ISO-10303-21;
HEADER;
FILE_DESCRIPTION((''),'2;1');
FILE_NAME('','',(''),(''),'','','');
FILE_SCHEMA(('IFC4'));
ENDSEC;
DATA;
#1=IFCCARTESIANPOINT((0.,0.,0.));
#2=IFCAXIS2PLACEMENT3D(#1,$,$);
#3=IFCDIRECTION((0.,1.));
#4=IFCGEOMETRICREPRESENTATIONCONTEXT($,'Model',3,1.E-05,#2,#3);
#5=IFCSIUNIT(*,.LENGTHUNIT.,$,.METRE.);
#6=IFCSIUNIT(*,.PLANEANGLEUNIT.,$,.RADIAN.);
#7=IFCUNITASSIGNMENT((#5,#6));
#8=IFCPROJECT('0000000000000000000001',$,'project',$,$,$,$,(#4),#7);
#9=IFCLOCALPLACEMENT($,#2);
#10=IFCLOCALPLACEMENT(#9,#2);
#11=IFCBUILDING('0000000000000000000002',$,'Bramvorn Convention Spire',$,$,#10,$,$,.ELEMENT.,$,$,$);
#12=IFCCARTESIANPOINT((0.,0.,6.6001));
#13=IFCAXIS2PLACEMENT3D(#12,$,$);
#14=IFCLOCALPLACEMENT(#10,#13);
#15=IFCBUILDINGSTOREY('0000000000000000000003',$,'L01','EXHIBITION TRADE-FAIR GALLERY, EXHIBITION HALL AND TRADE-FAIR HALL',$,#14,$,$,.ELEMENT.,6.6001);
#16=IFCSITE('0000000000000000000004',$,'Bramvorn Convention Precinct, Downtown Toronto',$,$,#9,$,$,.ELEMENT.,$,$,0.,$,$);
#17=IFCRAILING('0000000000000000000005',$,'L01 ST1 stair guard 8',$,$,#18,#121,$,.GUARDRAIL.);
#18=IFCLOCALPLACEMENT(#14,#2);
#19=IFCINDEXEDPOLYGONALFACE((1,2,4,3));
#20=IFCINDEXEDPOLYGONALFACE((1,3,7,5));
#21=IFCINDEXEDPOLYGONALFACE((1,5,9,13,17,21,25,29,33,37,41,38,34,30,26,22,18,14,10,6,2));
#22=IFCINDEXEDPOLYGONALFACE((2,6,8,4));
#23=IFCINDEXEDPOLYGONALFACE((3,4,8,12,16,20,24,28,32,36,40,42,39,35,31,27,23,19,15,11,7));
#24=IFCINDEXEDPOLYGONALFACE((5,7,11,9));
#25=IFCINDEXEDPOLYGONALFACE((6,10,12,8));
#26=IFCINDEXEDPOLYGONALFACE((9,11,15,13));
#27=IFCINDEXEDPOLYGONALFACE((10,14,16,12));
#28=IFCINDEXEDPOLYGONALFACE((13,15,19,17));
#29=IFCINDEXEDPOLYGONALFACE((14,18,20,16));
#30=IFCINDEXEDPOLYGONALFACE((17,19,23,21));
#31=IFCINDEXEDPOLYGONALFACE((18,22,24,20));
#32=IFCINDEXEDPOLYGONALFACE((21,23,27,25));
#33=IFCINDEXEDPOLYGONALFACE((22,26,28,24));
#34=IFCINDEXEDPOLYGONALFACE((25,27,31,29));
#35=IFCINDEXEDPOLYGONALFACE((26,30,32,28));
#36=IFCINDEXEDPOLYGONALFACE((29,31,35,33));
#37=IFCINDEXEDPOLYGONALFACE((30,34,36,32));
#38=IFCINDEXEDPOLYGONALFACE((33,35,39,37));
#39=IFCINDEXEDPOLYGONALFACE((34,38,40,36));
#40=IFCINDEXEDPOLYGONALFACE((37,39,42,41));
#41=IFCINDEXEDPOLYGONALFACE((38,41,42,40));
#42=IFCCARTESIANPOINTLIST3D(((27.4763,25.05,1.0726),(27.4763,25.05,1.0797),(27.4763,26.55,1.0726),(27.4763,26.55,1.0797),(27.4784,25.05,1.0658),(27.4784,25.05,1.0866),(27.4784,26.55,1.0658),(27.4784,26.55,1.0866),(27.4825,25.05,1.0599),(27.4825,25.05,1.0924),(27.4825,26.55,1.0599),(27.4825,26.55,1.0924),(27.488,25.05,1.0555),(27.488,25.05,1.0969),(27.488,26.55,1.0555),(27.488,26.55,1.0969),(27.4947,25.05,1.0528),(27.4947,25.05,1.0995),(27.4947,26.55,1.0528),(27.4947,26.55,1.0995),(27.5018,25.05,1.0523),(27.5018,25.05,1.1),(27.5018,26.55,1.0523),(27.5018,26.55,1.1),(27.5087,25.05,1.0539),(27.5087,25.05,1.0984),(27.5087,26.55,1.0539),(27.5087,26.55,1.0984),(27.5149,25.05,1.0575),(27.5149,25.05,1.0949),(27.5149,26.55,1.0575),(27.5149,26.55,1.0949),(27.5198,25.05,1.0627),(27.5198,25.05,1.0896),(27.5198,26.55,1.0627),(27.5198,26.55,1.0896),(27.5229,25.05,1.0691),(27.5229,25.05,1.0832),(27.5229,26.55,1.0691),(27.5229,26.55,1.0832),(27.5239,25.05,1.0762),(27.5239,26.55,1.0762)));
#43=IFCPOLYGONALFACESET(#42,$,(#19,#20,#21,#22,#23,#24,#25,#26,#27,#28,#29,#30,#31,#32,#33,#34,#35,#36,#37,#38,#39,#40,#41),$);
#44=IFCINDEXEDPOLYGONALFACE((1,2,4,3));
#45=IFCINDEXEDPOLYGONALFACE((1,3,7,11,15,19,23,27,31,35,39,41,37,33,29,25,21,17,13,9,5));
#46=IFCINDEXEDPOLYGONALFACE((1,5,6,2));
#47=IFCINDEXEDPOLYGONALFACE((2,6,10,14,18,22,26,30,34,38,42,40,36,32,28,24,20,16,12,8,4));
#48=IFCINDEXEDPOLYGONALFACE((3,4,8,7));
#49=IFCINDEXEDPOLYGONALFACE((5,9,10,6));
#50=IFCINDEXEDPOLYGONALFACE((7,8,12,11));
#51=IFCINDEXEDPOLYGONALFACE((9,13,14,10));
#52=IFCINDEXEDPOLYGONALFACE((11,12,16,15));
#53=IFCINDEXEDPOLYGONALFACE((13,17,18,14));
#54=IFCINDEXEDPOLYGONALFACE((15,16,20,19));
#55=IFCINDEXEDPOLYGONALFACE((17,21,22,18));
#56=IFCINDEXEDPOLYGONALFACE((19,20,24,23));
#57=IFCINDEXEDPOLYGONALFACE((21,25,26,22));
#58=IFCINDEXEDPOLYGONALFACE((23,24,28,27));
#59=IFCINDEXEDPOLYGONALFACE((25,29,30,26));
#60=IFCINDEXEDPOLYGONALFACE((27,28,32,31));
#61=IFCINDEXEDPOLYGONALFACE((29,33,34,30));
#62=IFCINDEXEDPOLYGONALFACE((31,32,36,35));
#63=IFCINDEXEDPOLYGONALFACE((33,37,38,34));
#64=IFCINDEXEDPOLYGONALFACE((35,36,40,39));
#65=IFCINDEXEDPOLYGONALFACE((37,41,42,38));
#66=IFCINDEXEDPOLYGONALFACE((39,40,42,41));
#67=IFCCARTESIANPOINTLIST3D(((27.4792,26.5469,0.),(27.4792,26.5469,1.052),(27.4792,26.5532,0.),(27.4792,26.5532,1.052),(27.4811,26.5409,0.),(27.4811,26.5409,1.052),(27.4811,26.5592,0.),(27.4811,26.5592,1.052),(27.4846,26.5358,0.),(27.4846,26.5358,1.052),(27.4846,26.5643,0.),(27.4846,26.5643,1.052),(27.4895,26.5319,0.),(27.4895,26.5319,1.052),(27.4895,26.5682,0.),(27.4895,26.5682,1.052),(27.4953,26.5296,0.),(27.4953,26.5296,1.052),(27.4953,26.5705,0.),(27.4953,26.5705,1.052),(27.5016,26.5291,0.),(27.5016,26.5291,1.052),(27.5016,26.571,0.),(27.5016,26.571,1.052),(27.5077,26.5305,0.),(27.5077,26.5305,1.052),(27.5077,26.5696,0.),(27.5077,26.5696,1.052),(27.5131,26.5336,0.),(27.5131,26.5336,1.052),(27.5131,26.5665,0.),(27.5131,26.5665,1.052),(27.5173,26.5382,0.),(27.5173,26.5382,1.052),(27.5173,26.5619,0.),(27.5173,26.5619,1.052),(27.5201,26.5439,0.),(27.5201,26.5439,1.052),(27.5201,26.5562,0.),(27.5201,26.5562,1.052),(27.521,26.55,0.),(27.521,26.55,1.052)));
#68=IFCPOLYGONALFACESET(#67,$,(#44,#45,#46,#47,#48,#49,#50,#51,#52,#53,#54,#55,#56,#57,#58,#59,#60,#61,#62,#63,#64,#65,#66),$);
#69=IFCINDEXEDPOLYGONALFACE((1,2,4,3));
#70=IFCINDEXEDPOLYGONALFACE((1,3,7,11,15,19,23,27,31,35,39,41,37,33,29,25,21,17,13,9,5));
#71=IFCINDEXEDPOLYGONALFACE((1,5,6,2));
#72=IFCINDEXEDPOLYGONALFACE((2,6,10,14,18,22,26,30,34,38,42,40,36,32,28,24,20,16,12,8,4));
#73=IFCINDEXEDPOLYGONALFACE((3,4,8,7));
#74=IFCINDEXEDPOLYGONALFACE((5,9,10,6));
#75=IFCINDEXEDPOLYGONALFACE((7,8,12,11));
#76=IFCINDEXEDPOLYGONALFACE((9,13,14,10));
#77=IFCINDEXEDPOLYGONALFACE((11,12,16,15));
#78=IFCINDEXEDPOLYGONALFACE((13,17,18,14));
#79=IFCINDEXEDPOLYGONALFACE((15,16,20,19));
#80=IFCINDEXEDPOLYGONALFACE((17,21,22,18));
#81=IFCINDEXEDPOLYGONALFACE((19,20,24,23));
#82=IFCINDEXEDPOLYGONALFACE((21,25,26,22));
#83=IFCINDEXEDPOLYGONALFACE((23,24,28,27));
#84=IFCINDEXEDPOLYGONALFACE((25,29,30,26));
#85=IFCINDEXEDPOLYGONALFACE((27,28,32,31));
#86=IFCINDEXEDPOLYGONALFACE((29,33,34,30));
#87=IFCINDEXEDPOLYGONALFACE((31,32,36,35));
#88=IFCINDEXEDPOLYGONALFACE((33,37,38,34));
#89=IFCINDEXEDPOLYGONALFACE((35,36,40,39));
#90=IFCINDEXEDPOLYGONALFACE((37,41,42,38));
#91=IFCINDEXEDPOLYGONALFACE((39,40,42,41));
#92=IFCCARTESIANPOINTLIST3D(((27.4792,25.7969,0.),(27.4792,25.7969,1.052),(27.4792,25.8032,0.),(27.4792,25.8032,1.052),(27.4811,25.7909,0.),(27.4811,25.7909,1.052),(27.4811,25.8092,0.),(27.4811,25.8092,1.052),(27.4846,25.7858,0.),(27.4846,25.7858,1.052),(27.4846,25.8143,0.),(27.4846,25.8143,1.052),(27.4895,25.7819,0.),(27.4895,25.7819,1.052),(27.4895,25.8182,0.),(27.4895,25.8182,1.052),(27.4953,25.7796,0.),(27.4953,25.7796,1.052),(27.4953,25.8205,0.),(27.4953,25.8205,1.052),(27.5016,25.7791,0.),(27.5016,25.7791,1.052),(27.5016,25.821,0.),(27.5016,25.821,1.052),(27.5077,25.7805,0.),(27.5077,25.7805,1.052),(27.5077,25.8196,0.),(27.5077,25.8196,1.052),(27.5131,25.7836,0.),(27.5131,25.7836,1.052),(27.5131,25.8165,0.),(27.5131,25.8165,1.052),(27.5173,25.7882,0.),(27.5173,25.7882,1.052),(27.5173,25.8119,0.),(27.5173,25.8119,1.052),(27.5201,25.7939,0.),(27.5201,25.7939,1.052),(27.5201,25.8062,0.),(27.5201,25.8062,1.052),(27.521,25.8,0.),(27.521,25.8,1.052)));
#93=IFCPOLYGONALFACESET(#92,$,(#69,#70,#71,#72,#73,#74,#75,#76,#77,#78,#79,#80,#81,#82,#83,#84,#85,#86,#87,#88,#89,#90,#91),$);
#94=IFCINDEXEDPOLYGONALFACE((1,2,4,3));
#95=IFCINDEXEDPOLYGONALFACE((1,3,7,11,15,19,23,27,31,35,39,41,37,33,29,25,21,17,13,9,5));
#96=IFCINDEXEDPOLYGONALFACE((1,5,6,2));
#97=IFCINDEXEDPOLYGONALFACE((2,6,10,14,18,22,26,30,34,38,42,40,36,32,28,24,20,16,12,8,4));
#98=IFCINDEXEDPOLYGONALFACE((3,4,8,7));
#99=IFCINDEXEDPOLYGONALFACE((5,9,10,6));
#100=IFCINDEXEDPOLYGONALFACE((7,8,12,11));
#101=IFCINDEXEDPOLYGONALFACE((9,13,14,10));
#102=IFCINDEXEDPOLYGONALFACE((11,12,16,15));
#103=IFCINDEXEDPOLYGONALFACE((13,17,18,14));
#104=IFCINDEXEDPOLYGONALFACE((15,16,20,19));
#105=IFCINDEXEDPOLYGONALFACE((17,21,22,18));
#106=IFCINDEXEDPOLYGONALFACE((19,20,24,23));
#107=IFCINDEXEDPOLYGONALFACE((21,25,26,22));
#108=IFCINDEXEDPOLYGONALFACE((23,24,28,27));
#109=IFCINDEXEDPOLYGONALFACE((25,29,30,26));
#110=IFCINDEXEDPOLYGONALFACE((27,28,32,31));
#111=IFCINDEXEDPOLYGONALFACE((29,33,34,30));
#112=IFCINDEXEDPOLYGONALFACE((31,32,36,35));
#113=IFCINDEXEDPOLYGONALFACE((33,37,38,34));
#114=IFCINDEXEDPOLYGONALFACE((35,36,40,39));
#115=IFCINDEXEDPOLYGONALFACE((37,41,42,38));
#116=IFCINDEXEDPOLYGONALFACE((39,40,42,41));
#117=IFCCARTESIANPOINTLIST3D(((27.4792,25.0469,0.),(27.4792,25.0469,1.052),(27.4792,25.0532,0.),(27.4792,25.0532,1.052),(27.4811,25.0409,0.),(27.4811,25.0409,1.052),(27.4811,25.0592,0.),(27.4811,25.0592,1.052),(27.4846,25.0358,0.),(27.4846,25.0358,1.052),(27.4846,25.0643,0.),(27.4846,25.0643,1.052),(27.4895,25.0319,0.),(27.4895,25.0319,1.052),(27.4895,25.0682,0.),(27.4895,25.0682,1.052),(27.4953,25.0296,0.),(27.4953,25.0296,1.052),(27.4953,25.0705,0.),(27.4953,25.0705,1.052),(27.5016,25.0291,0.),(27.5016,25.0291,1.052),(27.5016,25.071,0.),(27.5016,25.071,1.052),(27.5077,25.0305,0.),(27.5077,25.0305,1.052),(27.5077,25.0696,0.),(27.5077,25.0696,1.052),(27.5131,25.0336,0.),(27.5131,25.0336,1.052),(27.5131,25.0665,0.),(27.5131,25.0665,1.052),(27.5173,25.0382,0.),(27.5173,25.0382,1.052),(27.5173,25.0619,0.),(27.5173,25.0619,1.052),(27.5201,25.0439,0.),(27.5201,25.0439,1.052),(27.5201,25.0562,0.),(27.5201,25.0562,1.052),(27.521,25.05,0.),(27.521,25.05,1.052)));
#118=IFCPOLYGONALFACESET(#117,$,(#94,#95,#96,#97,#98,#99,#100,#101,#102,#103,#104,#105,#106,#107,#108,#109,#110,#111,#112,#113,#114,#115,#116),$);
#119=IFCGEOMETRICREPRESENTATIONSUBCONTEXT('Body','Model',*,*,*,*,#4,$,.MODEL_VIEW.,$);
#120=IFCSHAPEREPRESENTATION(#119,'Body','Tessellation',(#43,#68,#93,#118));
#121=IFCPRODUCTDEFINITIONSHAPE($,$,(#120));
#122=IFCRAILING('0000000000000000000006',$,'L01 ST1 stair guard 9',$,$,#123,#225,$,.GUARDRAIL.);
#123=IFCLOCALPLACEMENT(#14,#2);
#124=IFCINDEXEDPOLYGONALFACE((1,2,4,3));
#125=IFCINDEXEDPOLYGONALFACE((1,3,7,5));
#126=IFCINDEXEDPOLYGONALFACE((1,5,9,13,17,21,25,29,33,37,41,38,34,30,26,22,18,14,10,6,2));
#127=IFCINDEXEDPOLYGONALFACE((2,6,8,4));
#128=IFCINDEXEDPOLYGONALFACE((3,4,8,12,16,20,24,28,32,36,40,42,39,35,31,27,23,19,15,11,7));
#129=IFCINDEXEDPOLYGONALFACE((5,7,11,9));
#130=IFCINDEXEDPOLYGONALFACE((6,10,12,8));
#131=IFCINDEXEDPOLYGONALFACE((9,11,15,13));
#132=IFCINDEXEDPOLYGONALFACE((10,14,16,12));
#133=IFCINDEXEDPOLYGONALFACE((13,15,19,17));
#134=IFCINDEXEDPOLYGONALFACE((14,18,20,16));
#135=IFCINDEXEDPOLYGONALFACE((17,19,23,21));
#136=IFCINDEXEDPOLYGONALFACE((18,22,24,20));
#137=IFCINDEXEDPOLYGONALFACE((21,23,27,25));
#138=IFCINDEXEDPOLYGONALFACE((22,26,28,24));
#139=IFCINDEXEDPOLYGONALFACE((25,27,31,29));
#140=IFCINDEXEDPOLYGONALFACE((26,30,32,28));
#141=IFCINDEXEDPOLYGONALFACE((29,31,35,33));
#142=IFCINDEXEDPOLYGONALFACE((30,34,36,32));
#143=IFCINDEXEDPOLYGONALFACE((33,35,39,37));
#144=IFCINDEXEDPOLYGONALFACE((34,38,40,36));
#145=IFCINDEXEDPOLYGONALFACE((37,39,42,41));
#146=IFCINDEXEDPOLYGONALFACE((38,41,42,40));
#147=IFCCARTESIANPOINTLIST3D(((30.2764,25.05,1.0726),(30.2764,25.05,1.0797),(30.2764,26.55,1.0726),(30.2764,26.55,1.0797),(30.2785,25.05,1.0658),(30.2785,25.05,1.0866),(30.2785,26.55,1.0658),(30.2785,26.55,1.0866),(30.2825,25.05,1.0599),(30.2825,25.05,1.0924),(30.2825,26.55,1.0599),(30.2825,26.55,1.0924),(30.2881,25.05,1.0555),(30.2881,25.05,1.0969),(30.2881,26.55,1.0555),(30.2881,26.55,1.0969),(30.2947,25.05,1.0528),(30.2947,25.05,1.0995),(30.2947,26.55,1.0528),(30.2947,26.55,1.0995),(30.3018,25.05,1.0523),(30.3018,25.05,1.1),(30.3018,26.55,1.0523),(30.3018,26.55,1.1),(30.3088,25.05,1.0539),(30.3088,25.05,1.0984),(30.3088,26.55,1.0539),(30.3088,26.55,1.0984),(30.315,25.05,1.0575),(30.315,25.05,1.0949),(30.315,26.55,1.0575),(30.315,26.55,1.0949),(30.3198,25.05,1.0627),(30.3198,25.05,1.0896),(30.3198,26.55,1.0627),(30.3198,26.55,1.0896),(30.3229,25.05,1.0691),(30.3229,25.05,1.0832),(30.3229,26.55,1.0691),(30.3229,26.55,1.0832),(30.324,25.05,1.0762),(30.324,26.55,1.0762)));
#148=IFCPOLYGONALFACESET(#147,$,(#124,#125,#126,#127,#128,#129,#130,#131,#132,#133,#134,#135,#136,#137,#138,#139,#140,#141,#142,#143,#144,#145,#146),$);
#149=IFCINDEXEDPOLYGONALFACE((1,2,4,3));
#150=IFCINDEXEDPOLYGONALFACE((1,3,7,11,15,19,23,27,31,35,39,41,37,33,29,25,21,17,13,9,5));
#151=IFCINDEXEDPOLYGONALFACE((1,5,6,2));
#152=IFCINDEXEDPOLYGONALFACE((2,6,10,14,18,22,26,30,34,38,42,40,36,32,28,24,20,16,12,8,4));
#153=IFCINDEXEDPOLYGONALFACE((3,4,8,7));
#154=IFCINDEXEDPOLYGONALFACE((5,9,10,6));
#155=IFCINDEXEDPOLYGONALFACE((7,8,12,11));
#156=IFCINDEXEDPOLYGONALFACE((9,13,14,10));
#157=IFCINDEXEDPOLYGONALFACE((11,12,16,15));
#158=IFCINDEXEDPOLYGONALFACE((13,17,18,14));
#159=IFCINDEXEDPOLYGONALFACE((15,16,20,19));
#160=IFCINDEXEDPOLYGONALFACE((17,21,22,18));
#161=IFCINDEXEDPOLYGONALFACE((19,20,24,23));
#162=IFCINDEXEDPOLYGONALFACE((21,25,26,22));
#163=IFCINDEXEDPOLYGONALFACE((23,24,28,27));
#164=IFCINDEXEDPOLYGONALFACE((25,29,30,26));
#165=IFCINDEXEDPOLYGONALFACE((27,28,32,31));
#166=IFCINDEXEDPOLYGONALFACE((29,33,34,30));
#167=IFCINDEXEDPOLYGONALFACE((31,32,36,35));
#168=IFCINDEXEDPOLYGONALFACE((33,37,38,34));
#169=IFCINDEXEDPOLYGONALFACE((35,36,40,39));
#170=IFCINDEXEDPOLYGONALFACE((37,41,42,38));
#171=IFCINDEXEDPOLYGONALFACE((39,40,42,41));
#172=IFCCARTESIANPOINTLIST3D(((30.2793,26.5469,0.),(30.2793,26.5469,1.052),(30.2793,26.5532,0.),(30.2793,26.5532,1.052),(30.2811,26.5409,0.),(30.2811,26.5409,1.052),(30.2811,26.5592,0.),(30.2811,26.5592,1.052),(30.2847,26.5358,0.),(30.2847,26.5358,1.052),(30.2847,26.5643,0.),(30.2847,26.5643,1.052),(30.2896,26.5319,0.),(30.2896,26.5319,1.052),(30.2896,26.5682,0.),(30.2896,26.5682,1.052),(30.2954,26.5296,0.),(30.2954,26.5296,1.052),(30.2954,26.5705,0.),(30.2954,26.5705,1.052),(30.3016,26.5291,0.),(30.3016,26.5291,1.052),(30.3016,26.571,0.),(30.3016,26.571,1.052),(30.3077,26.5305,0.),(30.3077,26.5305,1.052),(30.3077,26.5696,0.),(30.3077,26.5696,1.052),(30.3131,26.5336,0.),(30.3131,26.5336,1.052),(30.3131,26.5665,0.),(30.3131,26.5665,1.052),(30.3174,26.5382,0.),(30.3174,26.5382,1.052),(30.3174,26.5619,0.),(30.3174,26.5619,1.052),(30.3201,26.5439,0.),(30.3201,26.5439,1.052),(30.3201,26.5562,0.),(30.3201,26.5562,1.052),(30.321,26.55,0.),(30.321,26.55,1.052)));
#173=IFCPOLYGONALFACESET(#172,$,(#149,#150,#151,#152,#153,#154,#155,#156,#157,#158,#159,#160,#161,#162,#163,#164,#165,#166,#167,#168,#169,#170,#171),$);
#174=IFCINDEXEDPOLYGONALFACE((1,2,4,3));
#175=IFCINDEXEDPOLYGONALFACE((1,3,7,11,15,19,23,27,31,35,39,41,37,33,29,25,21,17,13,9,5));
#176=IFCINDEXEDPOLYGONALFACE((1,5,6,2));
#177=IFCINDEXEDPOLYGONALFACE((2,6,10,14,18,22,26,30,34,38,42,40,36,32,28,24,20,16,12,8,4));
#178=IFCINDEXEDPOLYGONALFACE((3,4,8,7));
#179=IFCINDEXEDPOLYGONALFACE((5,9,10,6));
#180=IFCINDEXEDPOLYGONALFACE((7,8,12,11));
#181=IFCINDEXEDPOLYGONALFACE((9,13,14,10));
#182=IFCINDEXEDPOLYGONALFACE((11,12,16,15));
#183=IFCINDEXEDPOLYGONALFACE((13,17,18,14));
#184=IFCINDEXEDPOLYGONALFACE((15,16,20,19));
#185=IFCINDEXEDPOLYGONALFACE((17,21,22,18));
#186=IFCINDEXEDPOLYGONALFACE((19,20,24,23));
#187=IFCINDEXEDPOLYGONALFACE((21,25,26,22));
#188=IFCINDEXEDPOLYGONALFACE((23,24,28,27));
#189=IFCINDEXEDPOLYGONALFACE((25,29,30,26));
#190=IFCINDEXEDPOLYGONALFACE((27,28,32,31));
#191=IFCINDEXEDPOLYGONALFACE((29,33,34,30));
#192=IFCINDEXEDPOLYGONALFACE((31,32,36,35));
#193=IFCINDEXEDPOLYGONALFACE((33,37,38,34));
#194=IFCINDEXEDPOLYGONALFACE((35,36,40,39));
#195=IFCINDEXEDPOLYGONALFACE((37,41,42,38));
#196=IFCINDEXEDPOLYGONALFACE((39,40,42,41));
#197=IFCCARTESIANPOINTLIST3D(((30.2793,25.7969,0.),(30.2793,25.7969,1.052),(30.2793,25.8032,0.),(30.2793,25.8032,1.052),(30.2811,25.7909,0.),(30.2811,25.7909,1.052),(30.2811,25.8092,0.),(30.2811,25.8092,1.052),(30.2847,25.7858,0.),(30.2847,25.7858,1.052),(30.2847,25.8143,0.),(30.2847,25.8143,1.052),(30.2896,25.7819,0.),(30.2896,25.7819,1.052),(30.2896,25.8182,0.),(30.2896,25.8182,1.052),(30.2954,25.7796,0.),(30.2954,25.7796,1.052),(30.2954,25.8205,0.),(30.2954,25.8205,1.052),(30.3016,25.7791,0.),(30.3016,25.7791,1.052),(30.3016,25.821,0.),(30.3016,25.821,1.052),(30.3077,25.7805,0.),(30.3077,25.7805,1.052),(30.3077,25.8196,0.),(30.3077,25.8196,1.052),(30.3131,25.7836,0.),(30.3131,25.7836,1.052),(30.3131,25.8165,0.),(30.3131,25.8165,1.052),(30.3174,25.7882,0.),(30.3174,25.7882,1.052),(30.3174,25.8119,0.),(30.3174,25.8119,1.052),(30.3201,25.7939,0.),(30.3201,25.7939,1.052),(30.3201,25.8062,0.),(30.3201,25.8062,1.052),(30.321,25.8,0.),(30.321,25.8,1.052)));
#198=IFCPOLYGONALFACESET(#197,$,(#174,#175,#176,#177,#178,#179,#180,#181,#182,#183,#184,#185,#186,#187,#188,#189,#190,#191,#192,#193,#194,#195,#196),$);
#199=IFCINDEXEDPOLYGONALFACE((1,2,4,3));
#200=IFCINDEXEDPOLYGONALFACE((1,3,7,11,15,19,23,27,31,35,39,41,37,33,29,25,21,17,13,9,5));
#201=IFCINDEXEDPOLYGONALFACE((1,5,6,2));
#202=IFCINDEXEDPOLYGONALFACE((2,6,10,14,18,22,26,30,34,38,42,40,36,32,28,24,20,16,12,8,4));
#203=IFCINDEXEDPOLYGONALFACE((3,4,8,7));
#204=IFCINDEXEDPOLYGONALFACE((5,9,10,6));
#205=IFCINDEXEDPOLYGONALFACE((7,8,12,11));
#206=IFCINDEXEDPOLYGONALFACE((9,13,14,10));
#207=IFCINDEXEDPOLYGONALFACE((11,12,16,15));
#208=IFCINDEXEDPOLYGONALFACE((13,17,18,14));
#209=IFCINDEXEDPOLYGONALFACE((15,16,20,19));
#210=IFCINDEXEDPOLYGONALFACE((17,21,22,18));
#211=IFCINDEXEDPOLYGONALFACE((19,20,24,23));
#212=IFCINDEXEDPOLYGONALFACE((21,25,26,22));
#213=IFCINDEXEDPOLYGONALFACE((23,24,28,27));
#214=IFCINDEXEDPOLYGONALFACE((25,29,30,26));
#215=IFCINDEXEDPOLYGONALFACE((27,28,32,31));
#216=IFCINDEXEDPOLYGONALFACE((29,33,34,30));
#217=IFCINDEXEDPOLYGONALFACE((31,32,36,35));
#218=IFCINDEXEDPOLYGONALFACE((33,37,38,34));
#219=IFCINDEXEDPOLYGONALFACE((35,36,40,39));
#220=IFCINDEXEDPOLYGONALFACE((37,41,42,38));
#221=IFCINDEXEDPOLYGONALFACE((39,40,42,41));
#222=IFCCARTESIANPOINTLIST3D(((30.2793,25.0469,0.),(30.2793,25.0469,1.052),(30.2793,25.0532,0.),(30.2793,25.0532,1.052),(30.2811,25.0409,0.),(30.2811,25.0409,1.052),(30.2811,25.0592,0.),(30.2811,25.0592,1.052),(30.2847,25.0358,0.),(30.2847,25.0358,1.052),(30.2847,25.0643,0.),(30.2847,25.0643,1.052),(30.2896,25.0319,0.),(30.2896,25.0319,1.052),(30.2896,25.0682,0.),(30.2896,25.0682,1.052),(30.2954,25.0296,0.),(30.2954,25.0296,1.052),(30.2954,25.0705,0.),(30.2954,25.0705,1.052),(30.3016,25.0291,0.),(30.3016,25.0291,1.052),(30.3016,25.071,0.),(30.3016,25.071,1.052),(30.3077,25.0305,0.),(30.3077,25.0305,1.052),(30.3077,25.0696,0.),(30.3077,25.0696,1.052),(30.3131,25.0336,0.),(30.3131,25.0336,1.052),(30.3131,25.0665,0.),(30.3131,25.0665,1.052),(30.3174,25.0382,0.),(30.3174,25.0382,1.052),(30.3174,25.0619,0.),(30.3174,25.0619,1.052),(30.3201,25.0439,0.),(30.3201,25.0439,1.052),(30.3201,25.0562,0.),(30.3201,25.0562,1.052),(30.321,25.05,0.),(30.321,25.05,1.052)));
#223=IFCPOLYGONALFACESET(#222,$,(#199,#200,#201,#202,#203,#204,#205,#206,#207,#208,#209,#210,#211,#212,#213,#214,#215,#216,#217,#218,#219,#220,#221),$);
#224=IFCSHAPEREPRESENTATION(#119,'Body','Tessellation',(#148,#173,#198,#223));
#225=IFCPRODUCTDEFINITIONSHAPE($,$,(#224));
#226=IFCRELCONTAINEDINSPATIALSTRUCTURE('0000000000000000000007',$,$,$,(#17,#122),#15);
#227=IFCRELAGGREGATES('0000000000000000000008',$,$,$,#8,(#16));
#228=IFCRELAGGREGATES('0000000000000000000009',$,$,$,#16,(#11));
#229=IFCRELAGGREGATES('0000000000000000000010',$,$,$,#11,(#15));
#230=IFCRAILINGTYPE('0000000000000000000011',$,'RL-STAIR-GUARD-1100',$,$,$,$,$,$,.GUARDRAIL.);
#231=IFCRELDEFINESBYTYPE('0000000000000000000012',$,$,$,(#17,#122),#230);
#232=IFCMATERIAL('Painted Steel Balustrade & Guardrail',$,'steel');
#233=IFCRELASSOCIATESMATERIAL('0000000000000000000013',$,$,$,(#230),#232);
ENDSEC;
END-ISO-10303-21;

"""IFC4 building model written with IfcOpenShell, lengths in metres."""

from ifc_helpers import new_model, si_unit, direction, frame, origin, origin_2d, place, context, subcontext, project, spatial, circle, extrude, material, type_object, element, save


model = new_model("IFC4")

# Units and contexts
model_context = context("Model", 3, precision=1e-05, world=origin(), true_north=direction((0.0, 1.0)))
body_context = subcontext(model_context, "Body", "Model", "MODEL_VIEW")
ifc_project = project(units=[si_unit("LENGTHUNIT", "METRE"), si_unit("PLANEANGLEUNIT", "RADIAN")], contexts=[model_context])

# Site, building, storey
site_placement = place(None, origin())
site = spatial("IfcSite", under=ifc_project, at=site_placement, Name="Bramvorn Convention Precinct, Downtown Toronto", CompositionType="ELEMENT", RefElevation=0.0)
building_placement = place(site_placement, origin())
building = spatial("IfcBuilding", under=site, at=building_placement, Name="Bramvorn Convention Spire", CompositionType="ELEMENT")
storey_placement = place(building_placement, frame((0.0, 0.0, 6.6001)))
storey = spatial("IfcBuildingStorey", under=building, at=storey_placement, Name="L01", Description="EXHIBITION TRADE-FAIR GALLERY, EXHIBITION HALL AND TRADE-FAIR HALL", CompositionType="ELEMENT", Elevation=6.6001)

# Railings
ifc_material_1 = material(Name="Painted Steel Balustrade & Guardrail", Category="steel")
railing_type_1 = type_object("IfcRailingType", Name="RL-STAIR-GUARD-1100", PredefinedType="GUARDRAIL", material=ifc_material_1)
for number, where, name in (
    (1, (27.5, 26.55, 0.0), "L01 ST1 stair guard 8"),
    (2, (30.3, 26.55, 0.0), "L01 ST1 stair guard 9"),
):
    element("IfcRailing", number, at=place(storey_placement, frame(where)), inside=storey, type_object=railing_type_1, Name=name, PredefinedType="GUARDRAIL", context=body_context, shape_type="SweptSolid", body=[
        extrude(circle(Radius=0.0239, at=origin_2d()), frame((0.0, 0.0, 1.0762), z_axis=(0.0, -1.0, 0.0), x_axis=(1.0, 0.0, 0.0)), (0.0, 0.0, 1.0), 1.5),
        extrude(circle(Radius=0.021, at=origin_2d()), origin(), (0.0, 0.0, 1.0), 1.052),
        extrude(circle(Radius=0.021, at=origin_2d()), frame((0.0, -0.75, 0.0)), (0.0, 0.0, 1.0), 1.052),
        extrude(circle(Radius=0.021, at=origin_2d()), frame((0.0, -1.5, 0.0)), (0.0, 0.0, 1.0), 1.052),
    ])

save(model, "model.ifc")
